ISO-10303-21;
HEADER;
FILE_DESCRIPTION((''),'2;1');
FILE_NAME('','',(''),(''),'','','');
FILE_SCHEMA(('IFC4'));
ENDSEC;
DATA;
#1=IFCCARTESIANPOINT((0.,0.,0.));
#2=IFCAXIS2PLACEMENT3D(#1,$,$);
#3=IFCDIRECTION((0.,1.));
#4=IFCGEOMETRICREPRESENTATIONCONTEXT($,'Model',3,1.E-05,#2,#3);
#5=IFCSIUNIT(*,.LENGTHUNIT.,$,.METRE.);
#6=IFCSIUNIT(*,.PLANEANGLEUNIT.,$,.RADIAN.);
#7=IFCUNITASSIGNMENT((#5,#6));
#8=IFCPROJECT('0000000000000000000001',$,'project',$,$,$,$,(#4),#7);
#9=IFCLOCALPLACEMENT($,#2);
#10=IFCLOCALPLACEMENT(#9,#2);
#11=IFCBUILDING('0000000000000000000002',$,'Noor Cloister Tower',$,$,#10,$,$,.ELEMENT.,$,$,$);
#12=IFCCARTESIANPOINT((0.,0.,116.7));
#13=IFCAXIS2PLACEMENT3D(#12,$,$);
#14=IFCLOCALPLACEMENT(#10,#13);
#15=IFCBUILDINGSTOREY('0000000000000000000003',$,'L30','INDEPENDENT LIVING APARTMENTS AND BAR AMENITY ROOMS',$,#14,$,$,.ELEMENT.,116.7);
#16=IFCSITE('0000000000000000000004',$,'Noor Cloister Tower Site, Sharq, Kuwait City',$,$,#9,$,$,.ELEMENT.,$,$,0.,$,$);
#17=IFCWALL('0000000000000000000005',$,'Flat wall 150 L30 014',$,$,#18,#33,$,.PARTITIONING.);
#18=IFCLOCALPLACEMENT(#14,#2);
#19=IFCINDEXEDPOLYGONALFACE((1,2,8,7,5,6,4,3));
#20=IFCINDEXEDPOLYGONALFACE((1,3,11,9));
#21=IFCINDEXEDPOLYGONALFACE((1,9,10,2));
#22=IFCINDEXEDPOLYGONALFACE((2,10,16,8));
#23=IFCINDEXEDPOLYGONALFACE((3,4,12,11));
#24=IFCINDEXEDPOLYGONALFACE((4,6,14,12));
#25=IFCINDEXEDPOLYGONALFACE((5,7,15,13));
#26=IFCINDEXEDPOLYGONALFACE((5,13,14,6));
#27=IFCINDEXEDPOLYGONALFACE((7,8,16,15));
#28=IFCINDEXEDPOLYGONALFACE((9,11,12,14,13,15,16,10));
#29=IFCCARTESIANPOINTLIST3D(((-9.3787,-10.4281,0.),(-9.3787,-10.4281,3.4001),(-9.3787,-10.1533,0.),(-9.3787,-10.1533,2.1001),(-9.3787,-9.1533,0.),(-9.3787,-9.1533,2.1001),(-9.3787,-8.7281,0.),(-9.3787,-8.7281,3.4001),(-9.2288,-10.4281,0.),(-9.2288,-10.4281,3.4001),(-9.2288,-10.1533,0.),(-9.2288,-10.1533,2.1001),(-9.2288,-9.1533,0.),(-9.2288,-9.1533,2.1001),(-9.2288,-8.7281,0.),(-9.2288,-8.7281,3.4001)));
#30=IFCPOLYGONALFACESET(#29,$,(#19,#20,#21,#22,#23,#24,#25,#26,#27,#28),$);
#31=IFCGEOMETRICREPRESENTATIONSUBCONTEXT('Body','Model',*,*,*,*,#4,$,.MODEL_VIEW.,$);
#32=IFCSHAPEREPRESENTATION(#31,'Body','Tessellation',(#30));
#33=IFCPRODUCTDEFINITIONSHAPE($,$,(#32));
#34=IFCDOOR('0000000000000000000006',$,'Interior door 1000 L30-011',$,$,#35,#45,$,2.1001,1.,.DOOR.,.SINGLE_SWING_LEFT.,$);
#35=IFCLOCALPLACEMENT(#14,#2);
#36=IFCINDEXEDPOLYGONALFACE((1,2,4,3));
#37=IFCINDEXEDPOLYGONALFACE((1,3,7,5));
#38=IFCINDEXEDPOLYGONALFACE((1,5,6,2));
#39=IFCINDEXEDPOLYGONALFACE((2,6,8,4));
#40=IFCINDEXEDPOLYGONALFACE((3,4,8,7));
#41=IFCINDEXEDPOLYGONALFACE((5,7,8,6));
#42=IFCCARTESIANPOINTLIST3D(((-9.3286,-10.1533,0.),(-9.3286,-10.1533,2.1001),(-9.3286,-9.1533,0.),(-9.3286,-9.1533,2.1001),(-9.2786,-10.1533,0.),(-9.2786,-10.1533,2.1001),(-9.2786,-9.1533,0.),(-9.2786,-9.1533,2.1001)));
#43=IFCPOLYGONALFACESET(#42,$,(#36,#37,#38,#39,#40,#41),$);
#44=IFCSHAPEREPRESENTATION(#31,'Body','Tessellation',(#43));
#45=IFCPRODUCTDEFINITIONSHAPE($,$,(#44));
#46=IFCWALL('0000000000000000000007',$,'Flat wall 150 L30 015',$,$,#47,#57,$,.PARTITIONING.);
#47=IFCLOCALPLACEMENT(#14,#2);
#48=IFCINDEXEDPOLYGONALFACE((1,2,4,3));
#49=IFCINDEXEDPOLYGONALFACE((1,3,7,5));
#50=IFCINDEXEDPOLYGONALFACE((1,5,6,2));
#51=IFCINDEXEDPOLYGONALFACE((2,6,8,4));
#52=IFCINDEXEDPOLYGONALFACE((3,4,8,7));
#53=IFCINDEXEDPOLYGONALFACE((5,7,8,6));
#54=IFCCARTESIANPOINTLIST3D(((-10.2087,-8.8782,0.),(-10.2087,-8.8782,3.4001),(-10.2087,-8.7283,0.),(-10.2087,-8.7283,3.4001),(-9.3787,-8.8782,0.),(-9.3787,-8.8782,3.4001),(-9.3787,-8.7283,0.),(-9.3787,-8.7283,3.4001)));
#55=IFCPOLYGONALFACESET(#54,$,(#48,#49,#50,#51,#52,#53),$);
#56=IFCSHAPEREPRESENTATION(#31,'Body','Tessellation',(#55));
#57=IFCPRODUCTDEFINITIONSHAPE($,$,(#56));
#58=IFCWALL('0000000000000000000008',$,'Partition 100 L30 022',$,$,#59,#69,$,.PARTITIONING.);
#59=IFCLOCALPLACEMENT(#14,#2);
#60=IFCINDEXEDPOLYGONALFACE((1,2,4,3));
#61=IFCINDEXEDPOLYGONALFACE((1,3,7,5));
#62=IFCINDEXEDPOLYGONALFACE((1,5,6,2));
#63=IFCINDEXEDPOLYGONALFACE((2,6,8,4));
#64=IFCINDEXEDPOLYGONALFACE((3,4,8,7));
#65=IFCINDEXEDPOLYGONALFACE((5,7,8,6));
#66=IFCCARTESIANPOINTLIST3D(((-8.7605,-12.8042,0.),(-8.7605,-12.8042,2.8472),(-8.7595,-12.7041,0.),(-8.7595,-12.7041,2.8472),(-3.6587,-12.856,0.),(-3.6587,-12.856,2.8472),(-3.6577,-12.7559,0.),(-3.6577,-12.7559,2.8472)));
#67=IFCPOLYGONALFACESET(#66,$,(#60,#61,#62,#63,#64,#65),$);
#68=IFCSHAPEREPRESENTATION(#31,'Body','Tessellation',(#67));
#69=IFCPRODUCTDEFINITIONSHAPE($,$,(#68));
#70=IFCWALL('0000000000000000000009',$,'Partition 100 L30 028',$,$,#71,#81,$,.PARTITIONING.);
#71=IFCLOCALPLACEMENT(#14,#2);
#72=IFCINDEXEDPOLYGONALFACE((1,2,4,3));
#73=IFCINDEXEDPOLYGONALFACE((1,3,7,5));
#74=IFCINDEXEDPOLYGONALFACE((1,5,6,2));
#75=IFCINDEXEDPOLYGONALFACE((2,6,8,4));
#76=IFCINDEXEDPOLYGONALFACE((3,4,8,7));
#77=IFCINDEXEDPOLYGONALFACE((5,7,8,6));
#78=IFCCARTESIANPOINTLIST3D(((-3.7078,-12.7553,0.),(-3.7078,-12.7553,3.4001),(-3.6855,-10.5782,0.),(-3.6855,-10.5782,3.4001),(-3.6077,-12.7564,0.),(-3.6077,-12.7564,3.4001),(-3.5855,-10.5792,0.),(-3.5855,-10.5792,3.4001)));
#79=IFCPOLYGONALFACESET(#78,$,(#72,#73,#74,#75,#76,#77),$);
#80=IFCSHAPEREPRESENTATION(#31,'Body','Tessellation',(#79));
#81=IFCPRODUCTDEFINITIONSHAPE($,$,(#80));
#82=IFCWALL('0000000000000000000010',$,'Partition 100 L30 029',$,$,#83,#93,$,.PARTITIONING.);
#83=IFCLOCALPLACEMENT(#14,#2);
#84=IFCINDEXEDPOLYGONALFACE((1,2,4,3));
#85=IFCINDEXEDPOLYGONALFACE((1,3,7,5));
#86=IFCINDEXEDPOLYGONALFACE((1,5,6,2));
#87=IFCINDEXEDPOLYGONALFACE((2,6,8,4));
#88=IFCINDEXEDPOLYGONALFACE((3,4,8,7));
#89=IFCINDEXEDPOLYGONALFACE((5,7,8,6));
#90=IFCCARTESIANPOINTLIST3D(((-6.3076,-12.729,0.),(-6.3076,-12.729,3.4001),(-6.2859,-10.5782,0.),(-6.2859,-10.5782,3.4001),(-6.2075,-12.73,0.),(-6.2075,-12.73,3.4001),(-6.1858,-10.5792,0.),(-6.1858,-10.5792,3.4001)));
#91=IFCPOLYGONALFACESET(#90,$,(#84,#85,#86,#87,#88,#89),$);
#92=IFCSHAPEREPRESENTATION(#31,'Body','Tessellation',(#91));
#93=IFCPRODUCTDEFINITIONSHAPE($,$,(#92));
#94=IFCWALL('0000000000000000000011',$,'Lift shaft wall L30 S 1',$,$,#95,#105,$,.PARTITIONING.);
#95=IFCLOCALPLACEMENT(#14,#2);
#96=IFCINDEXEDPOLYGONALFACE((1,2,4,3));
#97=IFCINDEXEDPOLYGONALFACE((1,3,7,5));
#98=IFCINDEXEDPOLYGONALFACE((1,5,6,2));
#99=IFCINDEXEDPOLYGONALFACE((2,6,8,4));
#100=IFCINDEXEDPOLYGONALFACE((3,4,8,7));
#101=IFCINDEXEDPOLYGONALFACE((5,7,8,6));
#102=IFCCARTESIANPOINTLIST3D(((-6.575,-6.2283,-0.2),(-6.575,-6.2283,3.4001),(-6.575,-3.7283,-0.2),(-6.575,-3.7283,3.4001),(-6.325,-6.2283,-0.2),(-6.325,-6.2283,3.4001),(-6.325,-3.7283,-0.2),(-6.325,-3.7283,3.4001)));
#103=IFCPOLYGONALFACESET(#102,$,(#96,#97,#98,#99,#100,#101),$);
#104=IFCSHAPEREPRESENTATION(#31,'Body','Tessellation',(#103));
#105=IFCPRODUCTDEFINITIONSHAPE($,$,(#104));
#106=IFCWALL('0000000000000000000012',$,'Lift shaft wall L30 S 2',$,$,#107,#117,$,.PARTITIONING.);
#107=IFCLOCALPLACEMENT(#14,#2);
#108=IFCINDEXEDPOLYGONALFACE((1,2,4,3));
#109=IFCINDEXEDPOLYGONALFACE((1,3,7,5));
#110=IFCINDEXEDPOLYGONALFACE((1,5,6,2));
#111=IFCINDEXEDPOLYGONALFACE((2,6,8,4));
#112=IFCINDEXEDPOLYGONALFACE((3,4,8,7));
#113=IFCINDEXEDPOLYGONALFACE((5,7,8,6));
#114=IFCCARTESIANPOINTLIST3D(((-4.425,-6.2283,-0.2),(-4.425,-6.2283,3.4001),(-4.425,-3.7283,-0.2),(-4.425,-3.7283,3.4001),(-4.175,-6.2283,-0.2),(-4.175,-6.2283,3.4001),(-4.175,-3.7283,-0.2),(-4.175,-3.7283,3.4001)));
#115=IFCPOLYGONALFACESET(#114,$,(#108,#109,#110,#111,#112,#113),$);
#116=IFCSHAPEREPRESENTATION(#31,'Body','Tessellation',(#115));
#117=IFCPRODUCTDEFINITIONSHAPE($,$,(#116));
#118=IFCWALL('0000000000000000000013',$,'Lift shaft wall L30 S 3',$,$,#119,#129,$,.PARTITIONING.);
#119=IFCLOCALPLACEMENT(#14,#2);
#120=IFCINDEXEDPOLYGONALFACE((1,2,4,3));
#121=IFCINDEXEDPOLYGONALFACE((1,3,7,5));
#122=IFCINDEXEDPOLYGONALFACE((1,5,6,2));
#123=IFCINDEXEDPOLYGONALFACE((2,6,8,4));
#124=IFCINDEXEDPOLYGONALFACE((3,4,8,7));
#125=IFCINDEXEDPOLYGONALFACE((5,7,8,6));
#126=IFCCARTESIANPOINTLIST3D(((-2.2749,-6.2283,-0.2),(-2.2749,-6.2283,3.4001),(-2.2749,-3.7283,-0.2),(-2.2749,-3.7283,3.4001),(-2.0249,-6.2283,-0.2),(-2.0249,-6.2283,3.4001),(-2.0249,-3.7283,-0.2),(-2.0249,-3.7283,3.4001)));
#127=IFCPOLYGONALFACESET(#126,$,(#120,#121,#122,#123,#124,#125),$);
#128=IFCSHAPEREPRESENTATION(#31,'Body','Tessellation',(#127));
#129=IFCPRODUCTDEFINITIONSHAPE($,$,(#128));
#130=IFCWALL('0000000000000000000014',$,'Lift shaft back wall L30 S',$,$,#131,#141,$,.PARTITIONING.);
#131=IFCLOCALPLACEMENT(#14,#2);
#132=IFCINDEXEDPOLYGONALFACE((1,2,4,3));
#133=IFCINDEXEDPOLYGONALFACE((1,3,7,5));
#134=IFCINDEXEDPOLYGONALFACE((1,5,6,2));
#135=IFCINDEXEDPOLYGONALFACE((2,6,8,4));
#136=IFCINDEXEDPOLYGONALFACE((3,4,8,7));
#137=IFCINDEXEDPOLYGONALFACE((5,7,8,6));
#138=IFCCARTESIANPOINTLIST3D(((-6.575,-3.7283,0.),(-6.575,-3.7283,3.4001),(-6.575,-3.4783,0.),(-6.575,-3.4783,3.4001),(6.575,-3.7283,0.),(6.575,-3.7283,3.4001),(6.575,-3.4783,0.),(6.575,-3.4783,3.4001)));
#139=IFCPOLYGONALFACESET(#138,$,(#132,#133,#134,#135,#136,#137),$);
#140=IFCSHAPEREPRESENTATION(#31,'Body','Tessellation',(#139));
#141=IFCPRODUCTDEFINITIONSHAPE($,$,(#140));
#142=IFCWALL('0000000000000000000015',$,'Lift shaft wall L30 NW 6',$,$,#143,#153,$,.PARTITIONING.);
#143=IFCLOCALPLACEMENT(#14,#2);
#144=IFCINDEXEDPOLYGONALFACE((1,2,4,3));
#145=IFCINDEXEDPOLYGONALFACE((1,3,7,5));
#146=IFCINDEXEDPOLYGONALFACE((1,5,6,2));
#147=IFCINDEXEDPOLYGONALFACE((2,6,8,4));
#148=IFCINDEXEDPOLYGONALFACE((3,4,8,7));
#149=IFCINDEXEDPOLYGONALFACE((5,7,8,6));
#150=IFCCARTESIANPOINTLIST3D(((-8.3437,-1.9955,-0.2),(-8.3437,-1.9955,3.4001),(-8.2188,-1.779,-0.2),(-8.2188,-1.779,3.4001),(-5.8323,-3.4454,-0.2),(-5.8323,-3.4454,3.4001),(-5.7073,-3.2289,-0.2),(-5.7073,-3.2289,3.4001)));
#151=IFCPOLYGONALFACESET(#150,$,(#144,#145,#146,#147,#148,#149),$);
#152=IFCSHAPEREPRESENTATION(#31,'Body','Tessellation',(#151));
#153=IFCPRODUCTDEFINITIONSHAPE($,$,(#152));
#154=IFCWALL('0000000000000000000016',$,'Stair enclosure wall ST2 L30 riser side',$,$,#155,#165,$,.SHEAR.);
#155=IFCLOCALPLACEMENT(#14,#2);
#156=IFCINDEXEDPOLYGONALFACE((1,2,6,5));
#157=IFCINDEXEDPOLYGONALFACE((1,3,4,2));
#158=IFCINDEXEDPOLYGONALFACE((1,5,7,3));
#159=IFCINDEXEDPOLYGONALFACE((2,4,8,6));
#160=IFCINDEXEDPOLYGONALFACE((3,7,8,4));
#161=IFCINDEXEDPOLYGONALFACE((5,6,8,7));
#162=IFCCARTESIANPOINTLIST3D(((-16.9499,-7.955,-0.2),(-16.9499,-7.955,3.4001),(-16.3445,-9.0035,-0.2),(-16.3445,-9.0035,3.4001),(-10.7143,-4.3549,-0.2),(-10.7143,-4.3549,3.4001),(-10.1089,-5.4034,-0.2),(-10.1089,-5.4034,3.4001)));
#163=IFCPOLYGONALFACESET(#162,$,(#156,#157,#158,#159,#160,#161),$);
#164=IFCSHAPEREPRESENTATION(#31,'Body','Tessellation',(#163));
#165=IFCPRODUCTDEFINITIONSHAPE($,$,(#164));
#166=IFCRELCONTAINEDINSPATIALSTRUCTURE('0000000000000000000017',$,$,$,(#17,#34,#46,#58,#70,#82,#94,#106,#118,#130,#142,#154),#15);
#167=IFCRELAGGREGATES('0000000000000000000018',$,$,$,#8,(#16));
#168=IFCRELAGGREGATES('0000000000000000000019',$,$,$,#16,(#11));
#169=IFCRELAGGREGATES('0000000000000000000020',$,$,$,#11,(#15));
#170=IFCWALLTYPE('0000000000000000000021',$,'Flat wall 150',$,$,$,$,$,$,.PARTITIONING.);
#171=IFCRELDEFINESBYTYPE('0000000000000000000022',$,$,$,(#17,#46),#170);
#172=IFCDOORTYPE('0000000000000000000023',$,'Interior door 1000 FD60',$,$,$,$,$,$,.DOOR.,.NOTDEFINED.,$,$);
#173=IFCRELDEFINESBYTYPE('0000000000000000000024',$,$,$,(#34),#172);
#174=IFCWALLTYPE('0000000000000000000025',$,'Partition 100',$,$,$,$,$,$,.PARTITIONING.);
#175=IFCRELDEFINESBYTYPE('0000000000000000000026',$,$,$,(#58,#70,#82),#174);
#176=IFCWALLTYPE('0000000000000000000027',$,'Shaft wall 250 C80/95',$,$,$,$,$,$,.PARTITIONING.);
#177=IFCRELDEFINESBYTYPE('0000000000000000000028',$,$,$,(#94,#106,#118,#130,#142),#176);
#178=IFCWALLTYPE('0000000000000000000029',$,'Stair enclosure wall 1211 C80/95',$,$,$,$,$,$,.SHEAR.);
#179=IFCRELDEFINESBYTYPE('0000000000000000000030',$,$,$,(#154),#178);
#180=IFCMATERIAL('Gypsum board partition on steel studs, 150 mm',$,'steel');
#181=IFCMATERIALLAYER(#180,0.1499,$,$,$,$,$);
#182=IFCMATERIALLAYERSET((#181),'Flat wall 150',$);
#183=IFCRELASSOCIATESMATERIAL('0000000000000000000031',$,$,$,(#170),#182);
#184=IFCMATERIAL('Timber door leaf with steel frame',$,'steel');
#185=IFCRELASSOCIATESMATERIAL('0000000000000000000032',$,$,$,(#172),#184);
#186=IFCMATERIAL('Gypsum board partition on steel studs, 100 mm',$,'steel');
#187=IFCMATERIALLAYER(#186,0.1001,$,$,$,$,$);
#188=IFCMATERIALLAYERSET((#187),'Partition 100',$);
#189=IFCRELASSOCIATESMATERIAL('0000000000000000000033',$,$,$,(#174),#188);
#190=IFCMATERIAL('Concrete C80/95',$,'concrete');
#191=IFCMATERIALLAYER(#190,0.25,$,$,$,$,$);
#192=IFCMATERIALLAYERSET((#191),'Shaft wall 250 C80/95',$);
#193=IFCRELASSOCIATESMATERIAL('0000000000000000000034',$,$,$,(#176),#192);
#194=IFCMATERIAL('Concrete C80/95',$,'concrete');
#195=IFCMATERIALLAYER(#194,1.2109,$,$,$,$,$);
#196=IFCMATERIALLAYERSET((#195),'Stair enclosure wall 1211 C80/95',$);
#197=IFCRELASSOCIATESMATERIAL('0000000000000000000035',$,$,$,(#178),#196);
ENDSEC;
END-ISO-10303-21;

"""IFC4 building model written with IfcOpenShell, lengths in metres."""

from ifc_helpers import new_model, si_unit, direction, frame, frame_2d, origin, place, context, subcontext, project, spatial, rectangle, extrude, material, layer, layer_set, type_object, element, fill, save


model = new_model("IFC4")

# Units and contexts
model_context = context("Model", 3, precision=1e-05, world=origin(), true_north=direction((0.0, 1.0)))
body_context = subcontext(model_context, "Body", "Model", "MODEL_VIEW")
ifc_project = project(units=[si_unit("LENGTHUNIT", "METRE"), si_unit("PLANEANGLEUNIT", "RADIAN")], contexts=[model_context])

# Site, building, storey
site_placement = place(None, origin())
site = spatial("IfcSite", under=ifc_project, at=site_placement, Name="Noor Cloister Tower Site, Sharq, Kuwait City", CompositionType="ELEMENT", RefElevation=0.0)
building_placement = place(site_placement, origin())
building = spatial("IfcBuilding", under=site, at=building_placement, Name="Noor Cloister Tower", CompositionType="ELEMENT")
storey_placement = place(building_placement, frame((0.0, 0.0, 116.7)))
storey = spatial("IfcBuildingStorey", under=building, at=storey_placement, Name="L30", Description="INDEPENDENT LIVING APARTMENTS AND BAR AMENITY ROOMS", CompositionType="ELEMENT", Elevation=116.7)

# Wall, opening, door
ifc_material_1 = material(Name="Gypsum board partition on steel studs, 150 mm", Category="steel")
ifc_layer_1 = layer(ifc_material_1, 0.1499)
ifc_layer_set_1 = layer_set([ifc_layer_1], Name="Flat wall 150")
wall_type_1 = type_object("IfcWallType", Name="Flat wall 150", PredefinedType="PARTITIONING", material=ifc_layer_set_1)
wall_1_placement = place(storey_placement, frame((-9.3037, -10.4282, 0.0), z_axis=(0.0, 0.0, 1.0), x_axis=(0.0, 1.0, 0.0)))
wall_1 = element("IfcWall", 1, at=wall_1_placement, inside=storey, type_object=wall_type_1, Name="Flat wall 150 L30 014", PredefinedType="PARTITIONING", context=body_context, shape_type="SweptSolid", body=[
    extrude(rectangle(XDim=1.7, YDim=0.1499, at=frame_2d((0.8501, 0.0))), origin(), (0.0, 0.0, 1.0), 3.4001),
])
opening_1_placement = place(wall_1_placement, frame((0.2749, 0.0, 0.0)))
opening_1 = element("IfcOpeningElement", 2, at=opening_1_placement, cuts=wall_1, PredefinedType="OPENING", context=body_context, shape_type="SweptSolid", body=[
    extrude(rectangle(XDim=1.0, YDim=2.1001, at=frame_2d((0.5, 1.05))), frame((0.0, 0.085, 0.0), z_axis=(0.0, -1.0, 0.0), x_axis=(1.0, 0.0, 0.0)), (0.0, 0.0, 1.0), 0.1699),
])
ifc_material_2 = material(Name="Timber door leaf with steel frame", Category="steel")
door_type_1 = type_object("IfcDoorType", Name="Interior door 1000 FD60", OperationType="NOTDEFINED", PredefinedType="DOOR", material=ifc_material_2)
door_1_placement = place(opening_1_placement, origin())
door_1 = element("IfcDoor", 3, at=door_1_placement, inside=storey, type_object=door_type_1, Name="Interior door 1000 L30-011", OperationType="SINGLE_SWING_LEFT", OverallHeight=2.1001, OverallWidth=1.0, PredefinedType="DOOR", context=body_context, shape_type="SweptSolid", body=[
    extrude(rectangle(XDim=1.0, YDim=2.1001, at=frame_2d((0.5, 1.05))), frame((0.0, 0.0249, 0.0), z_axis=(0.0, -1.0, 0.0), x_axis=(1.0, 0.0, 0.0)), (0.0, 0.0, 1.0), 0.05),
])
fill(opening_1, door_1)

# Walls
wall_2_placement = place(storey_placement, frame((-10.2087, -8.8032, 0.0), z_axis=(0.0, 0.0, 1.0), x_axis=(1.0, 0.0, 0.0)))
element("IfcWall", 4, at=wall_2_placement, inside=storey, type_object=wall_type_1, Name="Flat wall 150 L30 015", PredefinedType="PARTITIONING", context=body_context, shape_type="SweptSolid", body=[
    extrude(rectangle(XDim=0.8301, YDim=0.1499, at=frame_2d((0.415, 0.0))), origin(), (0.0, 0.0, 1.0), 3.4001),
])
ifc_material_3 = material(Name="Gypsum board partition on steel studs, 100 mm", Category="steel")
ifc_layer_2 = layer(ifc_material_3, 0.1001)
ifc_layer_set_2 = layer_set([ifc_layer_2], Name="Partition 100")
wall_type_2 = type_object("IfcWallType", Name="Partition 100", PredefinedType="PARTITIONING", material=ifc_layer_set_2)
wall_3_placement = place(storey_placement, frame((-8.76, -12.7542, 0.0), z_axis=(0.0, 0.0, 1.0), x_axis=(0.999949, -0.010144, 0.0)))
element("IfcWall", 5, at=wall_3_placement, inside=storey, type_object=wall_type_2, Name="Partition 100 L30 022", PredefinedType="PARTITIONING", context=body_context, shape_type="SweptSolid", body=[
    extrude(rectangle(XDim=5.1021, YDim=0.1001, at=frame_2d((2.551, 0.0))), origin(), (0.0, 0.0, 1.0), 2.8472),
])
wall_4_placement = place(storey_placement, frame((-3.6577, -12.7559, 0.0), z_axis=(0.0, 0.0, 1.0), x_axis=(0.010204, 0.999948, 0.0)))
element("IfcWall", 6, at=wall_4_placement, inside=storey, type_object=wall_type_2, Name="Partition 100 L30 028", PredefinedType="PARTITIONING", context=body_context, shape_type="SweptSolid", body=[
    extrude(rectangle(XDim=2.1772, YDim=0.1001, at=frame_2d((1.0886, 0.0))), origin(), (0.0, 0.0, 1.0), 3.4001),
])
wall_5_placement = place(storey_placement, frame((-6.2576, -12.7295, 0.0), z_axis=(0.0, 0.0, 1.0), x_axis=(0.010102, 0.999949, 0.0)))
element("IfcWall", 7, at=wall_5_placement, inside=storey, type_object=wall_type_2, Name="Partition 100 L30 029", PredefinedType="PARTITIONING", context=body_context, shape_type="SweptSolid", body=[
    extrude(rectangle(XDim=2.1509, YDim=0.1001, at=frame_2d((1.0754, 0.0))), origin(), (0.0, 0.0, 1.0), 3.4001),
])
ifc_material_4 = material(Name="Concrete C80/95", Category="concrete")
ifc_layer_3 = layer(ifc_material_4, 0.25)
ifc_layer_set_3 = layer_set([ifc_layer_3], Name="Shaft wall 250 C80/95")
wall_type_3 = type_object("IfcWallType", Name="Shaft wall 250 C80/95", PredefinedType="PARTITIONING", material=ifc_layer_set_3)
for number, where, z_axis, x_axis, name in (
    (8, (-6.45, -6.2283, -0.2), (0.0, 0.0, 1.0), (0.0, 1.0, 0.0), "Lift shaft wall L30 S 1"),
    (9, (-4.3, -6.2283, -0.2), (0.0, 0.0, 1.0), (0.0, 1.0, 0.0), "Lift shaft wall L30 S 2"),
    (10, (-2.1499, -6.2283, -0.2), (0.0, 0.0, 1.0), (0.0, 1.0, 0.0), "Lift shaft wall L30 S 3"),
):
    element("IfcWall", number, at=place(storey_placement, frame(where, z_axis=z_axis, x_axis=x_axis)), inside=storey, type_object=wall_type_3, Name=name, PredefinedType="PARTITIONING", context=body_context, shape_type="SweptSolid", body=[
        extrude(rectangle(XDim=2.5, YDim=0.25, at=frame_2d((1.25, 0.0))), origin(), (0.0, 0.0, 1.0), 3.6001),
    ])
wall_6_placement = place(storey_placement, frame((-6.575, -3.6033, 0.0), z_axis=(0.0, 0.0, 1.0), x_axis=(1.0, 0.0, 0.0)))
element("IfcWall", 11, at=wall_6_placement, inside=storey, type_object=wall_type_3, Name="Lift shaft back wall L30 S", PredefinedType="PARTITIONING", context=body_context, shape_type="SweptSolid", body=[
    extrude(rectangle(XDim=13.1499, YDim=0.25, at=frame_2d((6.575, 0.0))), origin(), (0.0, 0.0, 1.0), 3.4001),
])
wall_7_placement = place(storey_placement, frame((-8.2812, -1.8872, -0.2), z_axis=(0.0, 0.0, 1.0), x_axis=(0.866033, -0.499987, 0.0)))
element("IfcWall", 12, at=wall_7_placement, inside=storey, type_object=wall_type_3, Name="Lift shaft wall L30 NW 6", PredefinedType="PARTITIONING", context=body_context, shape_type="SweptSolid", body=[
    extrude(rectangle(XDim=2.8999, YDim=0.25, at=frame_2d((1.45, 0.0))), origin(), (0.0, 0.0, 1.0), 3.6001),
])
ifc_material_5 = material(Name="Concrete C80/95", Category="concrete")
ifc_layer_4 = layer(ifc_material_5, 1.2109)
ifc_layer_set_4 = layer_set([ifc_layer_4], Name="Stair enclosure wall 1211 C80/95")
wall_type_4 = type_object("IfcWallType", Name="Stair enclosure wall 1211 C80/95", PredefinedType="SHEAR", material=ifc_layer_set_4)
wall_8_placement = place(storey_placement, frame((-10.4116, -4.8792, -0.2), z_axis=(0.0, 0.0, 1.0), x_axis=(-0.866027, -0.499997, 0.0)))
element("IfcWall", 13, at=wall_8_placement, inside=storey, type_object=wall_type_4, Name="Stair enclosure wall ST2 L30 riser side", PredefinedType="SHEAR", context=body_context, shape_type="SweptSolid", body=[
    extrude(rectangle(XDim=7.2002, YDim=1.2107, at=frame_2d((3.6001, 0.0))), origin(), (0.0, 0.0, 1.0), 3.6001),
])

save(model, "model.ifc")
